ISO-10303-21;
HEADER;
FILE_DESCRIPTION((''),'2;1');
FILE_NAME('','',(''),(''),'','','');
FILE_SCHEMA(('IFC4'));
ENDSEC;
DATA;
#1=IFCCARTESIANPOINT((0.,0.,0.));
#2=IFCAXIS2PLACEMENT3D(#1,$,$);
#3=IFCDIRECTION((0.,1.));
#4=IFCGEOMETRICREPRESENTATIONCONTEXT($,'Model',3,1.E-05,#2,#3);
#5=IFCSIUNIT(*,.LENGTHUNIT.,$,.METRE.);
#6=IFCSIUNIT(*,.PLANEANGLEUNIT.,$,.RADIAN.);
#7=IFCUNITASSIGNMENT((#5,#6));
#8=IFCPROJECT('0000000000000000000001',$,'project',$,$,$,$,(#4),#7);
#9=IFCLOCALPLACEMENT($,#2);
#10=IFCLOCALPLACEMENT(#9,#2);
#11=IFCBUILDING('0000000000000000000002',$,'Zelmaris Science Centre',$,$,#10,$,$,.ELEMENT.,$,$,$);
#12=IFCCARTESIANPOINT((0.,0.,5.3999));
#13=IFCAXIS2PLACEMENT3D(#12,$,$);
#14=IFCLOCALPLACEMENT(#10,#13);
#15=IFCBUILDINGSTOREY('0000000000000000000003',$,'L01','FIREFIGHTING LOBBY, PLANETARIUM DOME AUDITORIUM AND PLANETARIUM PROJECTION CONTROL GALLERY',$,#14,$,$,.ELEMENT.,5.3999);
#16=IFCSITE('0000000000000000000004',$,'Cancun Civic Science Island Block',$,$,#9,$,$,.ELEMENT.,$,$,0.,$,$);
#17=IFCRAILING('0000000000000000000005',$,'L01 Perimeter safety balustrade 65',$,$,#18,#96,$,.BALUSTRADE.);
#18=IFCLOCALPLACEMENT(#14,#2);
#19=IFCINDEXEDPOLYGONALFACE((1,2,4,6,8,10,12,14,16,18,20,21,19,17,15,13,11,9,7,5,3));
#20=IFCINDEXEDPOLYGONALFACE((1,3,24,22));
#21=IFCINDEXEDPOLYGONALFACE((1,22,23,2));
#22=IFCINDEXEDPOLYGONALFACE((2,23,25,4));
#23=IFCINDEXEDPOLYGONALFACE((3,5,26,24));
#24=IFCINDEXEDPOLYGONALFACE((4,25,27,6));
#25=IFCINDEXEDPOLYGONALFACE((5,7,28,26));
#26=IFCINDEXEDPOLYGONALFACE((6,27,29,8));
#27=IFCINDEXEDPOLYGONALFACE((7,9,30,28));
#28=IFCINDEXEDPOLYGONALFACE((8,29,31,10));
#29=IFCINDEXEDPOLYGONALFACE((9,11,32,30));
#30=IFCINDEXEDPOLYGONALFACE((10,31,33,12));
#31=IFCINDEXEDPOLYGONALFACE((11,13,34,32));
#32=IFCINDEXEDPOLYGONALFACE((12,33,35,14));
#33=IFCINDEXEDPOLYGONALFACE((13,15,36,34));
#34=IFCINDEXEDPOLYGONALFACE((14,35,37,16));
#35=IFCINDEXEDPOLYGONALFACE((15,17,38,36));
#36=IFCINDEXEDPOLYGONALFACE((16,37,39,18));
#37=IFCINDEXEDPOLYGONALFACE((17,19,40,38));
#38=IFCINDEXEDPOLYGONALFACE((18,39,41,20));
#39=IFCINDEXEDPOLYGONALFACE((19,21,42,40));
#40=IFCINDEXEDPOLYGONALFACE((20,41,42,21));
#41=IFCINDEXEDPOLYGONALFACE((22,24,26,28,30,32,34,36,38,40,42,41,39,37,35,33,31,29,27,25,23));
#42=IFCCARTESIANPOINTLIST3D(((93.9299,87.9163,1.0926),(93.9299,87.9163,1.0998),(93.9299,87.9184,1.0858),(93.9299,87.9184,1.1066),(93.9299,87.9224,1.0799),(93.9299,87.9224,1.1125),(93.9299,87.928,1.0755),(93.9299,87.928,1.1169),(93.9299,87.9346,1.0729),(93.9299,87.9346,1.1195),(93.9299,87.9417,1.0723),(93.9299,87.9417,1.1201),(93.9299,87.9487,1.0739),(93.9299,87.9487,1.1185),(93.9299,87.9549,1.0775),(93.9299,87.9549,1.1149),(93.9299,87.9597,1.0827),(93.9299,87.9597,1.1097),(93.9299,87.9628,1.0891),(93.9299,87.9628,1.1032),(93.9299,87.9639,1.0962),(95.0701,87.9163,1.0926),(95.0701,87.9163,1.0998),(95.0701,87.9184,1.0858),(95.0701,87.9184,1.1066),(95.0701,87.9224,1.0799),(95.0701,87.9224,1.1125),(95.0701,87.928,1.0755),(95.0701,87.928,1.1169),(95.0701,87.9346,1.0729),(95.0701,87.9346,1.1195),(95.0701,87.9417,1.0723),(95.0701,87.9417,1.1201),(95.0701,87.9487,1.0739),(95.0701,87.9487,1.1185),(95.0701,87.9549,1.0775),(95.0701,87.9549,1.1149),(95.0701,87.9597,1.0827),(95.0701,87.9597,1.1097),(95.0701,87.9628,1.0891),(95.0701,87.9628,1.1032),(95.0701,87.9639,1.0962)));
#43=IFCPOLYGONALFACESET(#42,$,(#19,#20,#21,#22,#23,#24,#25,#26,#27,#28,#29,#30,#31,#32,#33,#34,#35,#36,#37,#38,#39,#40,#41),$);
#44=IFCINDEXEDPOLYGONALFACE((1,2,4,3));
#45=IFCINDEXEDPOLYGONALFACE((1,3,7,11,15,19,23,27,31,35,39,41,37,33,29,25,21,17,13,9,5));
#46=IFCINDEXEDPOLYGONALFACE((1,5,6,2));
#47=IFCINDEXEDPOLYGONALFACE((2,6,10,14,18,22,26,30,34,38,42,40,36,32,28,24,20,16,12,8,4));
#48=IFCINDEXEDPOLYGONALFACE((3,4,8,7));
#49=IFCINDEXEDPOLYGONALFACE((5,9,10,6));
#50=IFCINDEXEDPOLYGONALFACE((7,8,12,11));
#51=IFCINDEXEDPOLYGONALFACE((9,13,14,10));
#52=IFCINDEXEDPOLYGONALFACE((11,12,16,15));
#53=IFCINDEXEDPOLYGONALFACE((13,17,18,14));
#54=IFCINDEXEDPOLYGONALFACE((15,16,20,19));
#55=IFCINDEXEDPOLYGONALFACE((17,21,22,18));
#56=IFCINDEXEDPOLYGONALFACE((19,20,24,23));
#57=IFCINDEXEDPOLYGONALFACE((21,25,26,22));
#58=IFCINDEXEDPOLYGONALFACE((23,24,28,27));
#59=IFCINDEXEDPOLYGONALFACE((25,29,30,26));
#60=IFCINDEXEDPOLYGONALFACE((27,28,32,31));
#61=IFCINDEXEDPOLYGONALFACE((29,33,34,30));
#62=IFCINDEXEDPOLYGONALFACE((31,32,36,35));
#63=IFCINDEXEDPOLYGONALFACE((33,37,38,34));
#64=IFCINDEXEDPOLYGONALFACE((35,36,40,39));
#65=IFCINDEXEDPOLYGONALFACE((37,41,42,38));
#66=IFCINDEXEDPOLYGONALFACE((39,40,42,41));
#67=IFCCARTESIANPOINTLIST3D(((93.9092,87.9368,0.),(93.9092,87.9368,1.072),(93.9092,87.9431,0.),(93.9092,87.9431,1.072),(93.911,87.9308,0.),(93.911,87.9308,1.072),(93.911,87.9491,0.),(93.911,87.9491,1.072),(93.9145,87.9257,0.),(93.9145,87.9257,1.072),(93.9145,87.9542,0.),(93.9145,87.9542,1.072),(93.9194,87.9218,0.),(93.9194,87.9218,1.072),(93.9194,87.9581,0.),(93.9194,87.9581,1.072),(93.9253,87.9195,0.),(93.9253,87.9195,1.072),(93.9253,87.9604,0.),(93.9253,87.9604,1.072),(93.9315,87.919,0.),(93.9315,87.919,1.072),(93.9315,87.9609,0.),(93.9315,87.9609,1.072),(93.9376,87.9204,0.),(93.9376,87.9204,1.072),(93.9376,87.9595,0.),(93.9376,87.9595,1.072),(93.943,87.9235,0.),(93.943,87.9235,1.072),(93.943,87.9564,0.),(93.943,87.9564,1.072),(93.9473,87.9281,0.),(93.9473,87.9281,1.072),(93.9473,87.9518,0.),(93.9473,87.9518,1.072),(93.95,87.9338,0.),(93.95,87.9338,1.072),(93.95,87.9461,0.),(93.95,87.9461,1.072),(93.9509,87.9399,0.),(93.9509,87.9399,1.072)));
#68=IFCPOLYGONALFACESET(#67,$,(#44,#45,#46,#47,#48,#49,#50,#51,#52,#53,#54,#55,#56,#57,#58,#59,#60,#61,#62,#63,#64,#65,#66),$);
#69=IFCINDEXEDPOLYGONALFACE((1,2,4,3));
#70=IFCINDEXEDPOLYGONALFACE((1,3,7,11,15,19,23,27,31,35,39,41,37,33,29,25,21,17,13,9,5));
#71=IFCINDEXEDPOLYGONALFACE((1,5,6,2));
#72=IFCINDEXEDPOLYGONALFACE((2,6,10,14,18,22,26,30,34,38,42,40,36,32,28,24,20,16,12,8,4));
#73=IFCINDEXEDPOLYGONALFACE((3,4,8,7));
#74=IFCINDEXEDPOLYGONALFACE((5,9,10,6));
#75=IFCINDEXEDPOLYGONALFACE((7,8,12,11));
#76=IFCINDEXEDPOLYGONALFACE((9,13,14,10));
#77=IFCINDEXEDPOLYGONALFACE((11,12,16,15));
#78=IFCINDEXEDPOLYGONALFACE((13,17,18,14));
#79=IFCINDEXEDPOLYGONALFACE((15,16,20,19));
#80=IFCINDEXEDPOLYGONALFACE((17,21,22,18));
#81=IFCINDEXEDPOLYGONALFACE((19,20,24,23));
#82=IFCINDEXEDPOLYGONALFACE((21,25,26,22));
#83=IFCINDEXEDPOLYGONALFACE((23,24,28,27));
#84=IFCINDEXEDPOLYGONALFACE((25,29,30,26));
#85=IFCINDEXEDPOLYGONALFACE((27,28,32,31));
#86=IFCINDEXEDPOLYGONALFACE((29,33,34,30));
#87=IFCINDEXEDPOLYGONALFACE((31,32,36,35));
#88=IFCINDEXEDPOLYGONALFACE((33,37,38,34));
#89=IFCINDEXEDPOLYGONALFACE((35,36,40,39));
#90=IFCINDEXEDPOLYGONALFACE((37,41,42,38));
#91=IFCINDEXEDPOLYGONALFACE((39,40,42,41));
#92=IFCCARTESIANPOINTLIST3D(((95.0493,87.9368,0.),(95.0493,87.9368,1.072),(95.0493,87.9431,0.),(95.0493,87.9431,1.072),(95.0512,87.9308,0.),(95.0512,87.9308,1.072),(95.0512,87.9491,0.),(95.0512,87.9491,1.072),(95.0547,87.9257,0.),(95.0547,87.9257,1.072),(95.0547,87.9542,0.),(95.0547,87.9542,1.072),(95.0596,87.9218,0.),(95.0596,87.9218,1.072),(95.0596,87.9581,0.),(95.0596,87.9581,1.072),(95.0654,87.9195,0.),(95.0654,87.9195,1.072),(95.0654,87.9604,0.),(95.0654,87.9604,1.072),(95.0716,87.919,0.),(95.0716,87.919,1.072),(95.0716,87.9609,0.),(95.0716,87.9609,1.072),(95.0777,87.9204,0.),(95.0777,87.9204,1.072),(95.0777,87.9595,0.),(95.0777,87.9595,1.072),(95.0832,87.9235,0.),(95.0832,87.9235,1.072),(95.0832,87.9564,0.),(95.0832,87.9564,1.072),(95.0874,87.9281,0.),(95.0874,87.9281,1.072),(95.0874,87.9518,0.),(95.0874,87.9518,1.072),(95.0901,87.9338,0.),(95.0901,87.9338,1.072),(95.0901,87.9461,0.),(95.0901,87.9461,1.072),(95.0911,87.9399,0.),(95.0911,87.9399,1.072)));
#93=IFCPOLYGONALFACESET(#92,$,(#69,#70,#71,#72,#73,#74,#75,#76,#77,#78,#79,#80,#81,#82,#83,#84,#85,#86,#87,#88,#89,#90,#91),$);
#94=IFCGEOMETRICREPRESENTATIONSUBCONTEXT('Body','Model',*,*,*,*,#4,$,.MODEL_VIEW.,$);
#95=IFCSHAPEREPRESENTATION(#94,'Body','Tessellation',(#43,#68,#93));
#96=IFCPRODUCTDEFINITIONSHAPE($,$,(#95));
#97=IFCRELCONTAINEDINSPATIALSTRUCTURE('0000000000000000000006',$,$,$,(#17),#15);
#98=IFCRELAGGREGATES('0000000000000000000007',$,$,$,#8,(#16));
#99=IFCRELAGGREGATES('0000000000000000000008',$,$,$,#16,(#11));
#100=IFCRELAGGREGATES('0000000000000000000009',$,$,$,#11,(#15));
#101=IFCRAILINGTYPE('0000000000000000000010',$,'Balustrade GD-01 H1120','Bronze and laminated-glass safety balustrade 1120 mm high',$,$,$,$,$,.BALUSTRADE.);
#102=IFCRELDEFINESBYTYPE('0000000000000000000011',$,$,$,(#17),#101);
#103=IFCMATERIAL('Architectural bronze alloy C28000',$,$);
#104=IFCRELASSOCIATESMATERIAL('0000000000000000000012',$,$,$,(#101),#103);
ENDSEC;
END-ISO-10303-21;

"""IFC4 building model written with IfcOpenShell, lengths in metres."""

from ifc_helpers import new_model, si_unit, direction, frame, origin, origin_2d, place, context, subcontext, project, spatial, circle, extrude, material, type_object, element, save


model = new_model("IFC4")

# Units and contexts
model_context = context("Model", 3, precision=1e-05, world=origin(), true_north=direction((0.0, 1.0)))
body_context = subcontext(model_context, "Body", "Model", "MODEL_VIEW")
ifc_project = project(units=[si_unit("LENGTHUNIT", "METRE"), si_unit("PLANEANGLEUNIT", "RADIAN")], contexts=[model_context])

# Site, building, storey
site_placement = place(None, origin())
site = spatial("IfcSite", under=ifc_project, at=site_placement, Name="Cancun Civic Science Island Block", CompositionType="ELEMENT", RefElevation=0.0)
building_placement = place(site_placement, origin())
building = spatial("IfcBuilding", under=site, at=building_placement, Name="Zelmaris Science Centre", CompositionType="ELEMENT")
storey_placement = place(building_placement, frame((0.0, 0.0, 5.3999)))
storey = spatial("IfcBuildingStorey", under=building, at=storey_placement, Name="L01", Description="FIREFIGHTING LOBBY, PLANETARIUM DOME AUDITORIUM AND PLANETARIUM PROJECTION CONTROL GALLERY", CompositionType="ELEMENT", Elevation=5.3999)

# Railing
ifc_material_1 = material(Name="Architectural bronze alloy C28000")
railing_type = type_object("IfcRailingType", Name="Balustrade GD-01 H1120", Description="Bronze and laminated-glass safety balustrade 1120 mm high", PredefinedType="BALUSTRADE", material=ifc_material_1)
railing_placement = place(storey_placement, frame((93.9299, 87.9399, 0.0)))
element("IfcRailing", 1, at=railing_placement, inside=storey, type_object=railing_type, Name="L01 Perimeter safety balustrade 65", PredefinedType="BALUSTRADE", context=body_context, shape_type="SweptSolid", body=[
    extrude(circle(Radius=0.0239, at=origin_2d()), frame((0.0, 0.0, 1.0962), z_axis=(1.0, 0.0, 0.0), x_axis=(0.0, 1.0, 0.0)), (0.0, 0.0, 1.0), 1.1401),
    extrude(circle(Radius=0.021, at=origin_2d()), origin(), (0.0, 0.0, 1.0), 1.072),
    extrude(circle(Radius=0.021, at=origin_2d()), frame((1.1401, 0.0, 0.0)), (0.0, 0.0, 1.0), 1.072),
])

save(model, "model.ifc")
